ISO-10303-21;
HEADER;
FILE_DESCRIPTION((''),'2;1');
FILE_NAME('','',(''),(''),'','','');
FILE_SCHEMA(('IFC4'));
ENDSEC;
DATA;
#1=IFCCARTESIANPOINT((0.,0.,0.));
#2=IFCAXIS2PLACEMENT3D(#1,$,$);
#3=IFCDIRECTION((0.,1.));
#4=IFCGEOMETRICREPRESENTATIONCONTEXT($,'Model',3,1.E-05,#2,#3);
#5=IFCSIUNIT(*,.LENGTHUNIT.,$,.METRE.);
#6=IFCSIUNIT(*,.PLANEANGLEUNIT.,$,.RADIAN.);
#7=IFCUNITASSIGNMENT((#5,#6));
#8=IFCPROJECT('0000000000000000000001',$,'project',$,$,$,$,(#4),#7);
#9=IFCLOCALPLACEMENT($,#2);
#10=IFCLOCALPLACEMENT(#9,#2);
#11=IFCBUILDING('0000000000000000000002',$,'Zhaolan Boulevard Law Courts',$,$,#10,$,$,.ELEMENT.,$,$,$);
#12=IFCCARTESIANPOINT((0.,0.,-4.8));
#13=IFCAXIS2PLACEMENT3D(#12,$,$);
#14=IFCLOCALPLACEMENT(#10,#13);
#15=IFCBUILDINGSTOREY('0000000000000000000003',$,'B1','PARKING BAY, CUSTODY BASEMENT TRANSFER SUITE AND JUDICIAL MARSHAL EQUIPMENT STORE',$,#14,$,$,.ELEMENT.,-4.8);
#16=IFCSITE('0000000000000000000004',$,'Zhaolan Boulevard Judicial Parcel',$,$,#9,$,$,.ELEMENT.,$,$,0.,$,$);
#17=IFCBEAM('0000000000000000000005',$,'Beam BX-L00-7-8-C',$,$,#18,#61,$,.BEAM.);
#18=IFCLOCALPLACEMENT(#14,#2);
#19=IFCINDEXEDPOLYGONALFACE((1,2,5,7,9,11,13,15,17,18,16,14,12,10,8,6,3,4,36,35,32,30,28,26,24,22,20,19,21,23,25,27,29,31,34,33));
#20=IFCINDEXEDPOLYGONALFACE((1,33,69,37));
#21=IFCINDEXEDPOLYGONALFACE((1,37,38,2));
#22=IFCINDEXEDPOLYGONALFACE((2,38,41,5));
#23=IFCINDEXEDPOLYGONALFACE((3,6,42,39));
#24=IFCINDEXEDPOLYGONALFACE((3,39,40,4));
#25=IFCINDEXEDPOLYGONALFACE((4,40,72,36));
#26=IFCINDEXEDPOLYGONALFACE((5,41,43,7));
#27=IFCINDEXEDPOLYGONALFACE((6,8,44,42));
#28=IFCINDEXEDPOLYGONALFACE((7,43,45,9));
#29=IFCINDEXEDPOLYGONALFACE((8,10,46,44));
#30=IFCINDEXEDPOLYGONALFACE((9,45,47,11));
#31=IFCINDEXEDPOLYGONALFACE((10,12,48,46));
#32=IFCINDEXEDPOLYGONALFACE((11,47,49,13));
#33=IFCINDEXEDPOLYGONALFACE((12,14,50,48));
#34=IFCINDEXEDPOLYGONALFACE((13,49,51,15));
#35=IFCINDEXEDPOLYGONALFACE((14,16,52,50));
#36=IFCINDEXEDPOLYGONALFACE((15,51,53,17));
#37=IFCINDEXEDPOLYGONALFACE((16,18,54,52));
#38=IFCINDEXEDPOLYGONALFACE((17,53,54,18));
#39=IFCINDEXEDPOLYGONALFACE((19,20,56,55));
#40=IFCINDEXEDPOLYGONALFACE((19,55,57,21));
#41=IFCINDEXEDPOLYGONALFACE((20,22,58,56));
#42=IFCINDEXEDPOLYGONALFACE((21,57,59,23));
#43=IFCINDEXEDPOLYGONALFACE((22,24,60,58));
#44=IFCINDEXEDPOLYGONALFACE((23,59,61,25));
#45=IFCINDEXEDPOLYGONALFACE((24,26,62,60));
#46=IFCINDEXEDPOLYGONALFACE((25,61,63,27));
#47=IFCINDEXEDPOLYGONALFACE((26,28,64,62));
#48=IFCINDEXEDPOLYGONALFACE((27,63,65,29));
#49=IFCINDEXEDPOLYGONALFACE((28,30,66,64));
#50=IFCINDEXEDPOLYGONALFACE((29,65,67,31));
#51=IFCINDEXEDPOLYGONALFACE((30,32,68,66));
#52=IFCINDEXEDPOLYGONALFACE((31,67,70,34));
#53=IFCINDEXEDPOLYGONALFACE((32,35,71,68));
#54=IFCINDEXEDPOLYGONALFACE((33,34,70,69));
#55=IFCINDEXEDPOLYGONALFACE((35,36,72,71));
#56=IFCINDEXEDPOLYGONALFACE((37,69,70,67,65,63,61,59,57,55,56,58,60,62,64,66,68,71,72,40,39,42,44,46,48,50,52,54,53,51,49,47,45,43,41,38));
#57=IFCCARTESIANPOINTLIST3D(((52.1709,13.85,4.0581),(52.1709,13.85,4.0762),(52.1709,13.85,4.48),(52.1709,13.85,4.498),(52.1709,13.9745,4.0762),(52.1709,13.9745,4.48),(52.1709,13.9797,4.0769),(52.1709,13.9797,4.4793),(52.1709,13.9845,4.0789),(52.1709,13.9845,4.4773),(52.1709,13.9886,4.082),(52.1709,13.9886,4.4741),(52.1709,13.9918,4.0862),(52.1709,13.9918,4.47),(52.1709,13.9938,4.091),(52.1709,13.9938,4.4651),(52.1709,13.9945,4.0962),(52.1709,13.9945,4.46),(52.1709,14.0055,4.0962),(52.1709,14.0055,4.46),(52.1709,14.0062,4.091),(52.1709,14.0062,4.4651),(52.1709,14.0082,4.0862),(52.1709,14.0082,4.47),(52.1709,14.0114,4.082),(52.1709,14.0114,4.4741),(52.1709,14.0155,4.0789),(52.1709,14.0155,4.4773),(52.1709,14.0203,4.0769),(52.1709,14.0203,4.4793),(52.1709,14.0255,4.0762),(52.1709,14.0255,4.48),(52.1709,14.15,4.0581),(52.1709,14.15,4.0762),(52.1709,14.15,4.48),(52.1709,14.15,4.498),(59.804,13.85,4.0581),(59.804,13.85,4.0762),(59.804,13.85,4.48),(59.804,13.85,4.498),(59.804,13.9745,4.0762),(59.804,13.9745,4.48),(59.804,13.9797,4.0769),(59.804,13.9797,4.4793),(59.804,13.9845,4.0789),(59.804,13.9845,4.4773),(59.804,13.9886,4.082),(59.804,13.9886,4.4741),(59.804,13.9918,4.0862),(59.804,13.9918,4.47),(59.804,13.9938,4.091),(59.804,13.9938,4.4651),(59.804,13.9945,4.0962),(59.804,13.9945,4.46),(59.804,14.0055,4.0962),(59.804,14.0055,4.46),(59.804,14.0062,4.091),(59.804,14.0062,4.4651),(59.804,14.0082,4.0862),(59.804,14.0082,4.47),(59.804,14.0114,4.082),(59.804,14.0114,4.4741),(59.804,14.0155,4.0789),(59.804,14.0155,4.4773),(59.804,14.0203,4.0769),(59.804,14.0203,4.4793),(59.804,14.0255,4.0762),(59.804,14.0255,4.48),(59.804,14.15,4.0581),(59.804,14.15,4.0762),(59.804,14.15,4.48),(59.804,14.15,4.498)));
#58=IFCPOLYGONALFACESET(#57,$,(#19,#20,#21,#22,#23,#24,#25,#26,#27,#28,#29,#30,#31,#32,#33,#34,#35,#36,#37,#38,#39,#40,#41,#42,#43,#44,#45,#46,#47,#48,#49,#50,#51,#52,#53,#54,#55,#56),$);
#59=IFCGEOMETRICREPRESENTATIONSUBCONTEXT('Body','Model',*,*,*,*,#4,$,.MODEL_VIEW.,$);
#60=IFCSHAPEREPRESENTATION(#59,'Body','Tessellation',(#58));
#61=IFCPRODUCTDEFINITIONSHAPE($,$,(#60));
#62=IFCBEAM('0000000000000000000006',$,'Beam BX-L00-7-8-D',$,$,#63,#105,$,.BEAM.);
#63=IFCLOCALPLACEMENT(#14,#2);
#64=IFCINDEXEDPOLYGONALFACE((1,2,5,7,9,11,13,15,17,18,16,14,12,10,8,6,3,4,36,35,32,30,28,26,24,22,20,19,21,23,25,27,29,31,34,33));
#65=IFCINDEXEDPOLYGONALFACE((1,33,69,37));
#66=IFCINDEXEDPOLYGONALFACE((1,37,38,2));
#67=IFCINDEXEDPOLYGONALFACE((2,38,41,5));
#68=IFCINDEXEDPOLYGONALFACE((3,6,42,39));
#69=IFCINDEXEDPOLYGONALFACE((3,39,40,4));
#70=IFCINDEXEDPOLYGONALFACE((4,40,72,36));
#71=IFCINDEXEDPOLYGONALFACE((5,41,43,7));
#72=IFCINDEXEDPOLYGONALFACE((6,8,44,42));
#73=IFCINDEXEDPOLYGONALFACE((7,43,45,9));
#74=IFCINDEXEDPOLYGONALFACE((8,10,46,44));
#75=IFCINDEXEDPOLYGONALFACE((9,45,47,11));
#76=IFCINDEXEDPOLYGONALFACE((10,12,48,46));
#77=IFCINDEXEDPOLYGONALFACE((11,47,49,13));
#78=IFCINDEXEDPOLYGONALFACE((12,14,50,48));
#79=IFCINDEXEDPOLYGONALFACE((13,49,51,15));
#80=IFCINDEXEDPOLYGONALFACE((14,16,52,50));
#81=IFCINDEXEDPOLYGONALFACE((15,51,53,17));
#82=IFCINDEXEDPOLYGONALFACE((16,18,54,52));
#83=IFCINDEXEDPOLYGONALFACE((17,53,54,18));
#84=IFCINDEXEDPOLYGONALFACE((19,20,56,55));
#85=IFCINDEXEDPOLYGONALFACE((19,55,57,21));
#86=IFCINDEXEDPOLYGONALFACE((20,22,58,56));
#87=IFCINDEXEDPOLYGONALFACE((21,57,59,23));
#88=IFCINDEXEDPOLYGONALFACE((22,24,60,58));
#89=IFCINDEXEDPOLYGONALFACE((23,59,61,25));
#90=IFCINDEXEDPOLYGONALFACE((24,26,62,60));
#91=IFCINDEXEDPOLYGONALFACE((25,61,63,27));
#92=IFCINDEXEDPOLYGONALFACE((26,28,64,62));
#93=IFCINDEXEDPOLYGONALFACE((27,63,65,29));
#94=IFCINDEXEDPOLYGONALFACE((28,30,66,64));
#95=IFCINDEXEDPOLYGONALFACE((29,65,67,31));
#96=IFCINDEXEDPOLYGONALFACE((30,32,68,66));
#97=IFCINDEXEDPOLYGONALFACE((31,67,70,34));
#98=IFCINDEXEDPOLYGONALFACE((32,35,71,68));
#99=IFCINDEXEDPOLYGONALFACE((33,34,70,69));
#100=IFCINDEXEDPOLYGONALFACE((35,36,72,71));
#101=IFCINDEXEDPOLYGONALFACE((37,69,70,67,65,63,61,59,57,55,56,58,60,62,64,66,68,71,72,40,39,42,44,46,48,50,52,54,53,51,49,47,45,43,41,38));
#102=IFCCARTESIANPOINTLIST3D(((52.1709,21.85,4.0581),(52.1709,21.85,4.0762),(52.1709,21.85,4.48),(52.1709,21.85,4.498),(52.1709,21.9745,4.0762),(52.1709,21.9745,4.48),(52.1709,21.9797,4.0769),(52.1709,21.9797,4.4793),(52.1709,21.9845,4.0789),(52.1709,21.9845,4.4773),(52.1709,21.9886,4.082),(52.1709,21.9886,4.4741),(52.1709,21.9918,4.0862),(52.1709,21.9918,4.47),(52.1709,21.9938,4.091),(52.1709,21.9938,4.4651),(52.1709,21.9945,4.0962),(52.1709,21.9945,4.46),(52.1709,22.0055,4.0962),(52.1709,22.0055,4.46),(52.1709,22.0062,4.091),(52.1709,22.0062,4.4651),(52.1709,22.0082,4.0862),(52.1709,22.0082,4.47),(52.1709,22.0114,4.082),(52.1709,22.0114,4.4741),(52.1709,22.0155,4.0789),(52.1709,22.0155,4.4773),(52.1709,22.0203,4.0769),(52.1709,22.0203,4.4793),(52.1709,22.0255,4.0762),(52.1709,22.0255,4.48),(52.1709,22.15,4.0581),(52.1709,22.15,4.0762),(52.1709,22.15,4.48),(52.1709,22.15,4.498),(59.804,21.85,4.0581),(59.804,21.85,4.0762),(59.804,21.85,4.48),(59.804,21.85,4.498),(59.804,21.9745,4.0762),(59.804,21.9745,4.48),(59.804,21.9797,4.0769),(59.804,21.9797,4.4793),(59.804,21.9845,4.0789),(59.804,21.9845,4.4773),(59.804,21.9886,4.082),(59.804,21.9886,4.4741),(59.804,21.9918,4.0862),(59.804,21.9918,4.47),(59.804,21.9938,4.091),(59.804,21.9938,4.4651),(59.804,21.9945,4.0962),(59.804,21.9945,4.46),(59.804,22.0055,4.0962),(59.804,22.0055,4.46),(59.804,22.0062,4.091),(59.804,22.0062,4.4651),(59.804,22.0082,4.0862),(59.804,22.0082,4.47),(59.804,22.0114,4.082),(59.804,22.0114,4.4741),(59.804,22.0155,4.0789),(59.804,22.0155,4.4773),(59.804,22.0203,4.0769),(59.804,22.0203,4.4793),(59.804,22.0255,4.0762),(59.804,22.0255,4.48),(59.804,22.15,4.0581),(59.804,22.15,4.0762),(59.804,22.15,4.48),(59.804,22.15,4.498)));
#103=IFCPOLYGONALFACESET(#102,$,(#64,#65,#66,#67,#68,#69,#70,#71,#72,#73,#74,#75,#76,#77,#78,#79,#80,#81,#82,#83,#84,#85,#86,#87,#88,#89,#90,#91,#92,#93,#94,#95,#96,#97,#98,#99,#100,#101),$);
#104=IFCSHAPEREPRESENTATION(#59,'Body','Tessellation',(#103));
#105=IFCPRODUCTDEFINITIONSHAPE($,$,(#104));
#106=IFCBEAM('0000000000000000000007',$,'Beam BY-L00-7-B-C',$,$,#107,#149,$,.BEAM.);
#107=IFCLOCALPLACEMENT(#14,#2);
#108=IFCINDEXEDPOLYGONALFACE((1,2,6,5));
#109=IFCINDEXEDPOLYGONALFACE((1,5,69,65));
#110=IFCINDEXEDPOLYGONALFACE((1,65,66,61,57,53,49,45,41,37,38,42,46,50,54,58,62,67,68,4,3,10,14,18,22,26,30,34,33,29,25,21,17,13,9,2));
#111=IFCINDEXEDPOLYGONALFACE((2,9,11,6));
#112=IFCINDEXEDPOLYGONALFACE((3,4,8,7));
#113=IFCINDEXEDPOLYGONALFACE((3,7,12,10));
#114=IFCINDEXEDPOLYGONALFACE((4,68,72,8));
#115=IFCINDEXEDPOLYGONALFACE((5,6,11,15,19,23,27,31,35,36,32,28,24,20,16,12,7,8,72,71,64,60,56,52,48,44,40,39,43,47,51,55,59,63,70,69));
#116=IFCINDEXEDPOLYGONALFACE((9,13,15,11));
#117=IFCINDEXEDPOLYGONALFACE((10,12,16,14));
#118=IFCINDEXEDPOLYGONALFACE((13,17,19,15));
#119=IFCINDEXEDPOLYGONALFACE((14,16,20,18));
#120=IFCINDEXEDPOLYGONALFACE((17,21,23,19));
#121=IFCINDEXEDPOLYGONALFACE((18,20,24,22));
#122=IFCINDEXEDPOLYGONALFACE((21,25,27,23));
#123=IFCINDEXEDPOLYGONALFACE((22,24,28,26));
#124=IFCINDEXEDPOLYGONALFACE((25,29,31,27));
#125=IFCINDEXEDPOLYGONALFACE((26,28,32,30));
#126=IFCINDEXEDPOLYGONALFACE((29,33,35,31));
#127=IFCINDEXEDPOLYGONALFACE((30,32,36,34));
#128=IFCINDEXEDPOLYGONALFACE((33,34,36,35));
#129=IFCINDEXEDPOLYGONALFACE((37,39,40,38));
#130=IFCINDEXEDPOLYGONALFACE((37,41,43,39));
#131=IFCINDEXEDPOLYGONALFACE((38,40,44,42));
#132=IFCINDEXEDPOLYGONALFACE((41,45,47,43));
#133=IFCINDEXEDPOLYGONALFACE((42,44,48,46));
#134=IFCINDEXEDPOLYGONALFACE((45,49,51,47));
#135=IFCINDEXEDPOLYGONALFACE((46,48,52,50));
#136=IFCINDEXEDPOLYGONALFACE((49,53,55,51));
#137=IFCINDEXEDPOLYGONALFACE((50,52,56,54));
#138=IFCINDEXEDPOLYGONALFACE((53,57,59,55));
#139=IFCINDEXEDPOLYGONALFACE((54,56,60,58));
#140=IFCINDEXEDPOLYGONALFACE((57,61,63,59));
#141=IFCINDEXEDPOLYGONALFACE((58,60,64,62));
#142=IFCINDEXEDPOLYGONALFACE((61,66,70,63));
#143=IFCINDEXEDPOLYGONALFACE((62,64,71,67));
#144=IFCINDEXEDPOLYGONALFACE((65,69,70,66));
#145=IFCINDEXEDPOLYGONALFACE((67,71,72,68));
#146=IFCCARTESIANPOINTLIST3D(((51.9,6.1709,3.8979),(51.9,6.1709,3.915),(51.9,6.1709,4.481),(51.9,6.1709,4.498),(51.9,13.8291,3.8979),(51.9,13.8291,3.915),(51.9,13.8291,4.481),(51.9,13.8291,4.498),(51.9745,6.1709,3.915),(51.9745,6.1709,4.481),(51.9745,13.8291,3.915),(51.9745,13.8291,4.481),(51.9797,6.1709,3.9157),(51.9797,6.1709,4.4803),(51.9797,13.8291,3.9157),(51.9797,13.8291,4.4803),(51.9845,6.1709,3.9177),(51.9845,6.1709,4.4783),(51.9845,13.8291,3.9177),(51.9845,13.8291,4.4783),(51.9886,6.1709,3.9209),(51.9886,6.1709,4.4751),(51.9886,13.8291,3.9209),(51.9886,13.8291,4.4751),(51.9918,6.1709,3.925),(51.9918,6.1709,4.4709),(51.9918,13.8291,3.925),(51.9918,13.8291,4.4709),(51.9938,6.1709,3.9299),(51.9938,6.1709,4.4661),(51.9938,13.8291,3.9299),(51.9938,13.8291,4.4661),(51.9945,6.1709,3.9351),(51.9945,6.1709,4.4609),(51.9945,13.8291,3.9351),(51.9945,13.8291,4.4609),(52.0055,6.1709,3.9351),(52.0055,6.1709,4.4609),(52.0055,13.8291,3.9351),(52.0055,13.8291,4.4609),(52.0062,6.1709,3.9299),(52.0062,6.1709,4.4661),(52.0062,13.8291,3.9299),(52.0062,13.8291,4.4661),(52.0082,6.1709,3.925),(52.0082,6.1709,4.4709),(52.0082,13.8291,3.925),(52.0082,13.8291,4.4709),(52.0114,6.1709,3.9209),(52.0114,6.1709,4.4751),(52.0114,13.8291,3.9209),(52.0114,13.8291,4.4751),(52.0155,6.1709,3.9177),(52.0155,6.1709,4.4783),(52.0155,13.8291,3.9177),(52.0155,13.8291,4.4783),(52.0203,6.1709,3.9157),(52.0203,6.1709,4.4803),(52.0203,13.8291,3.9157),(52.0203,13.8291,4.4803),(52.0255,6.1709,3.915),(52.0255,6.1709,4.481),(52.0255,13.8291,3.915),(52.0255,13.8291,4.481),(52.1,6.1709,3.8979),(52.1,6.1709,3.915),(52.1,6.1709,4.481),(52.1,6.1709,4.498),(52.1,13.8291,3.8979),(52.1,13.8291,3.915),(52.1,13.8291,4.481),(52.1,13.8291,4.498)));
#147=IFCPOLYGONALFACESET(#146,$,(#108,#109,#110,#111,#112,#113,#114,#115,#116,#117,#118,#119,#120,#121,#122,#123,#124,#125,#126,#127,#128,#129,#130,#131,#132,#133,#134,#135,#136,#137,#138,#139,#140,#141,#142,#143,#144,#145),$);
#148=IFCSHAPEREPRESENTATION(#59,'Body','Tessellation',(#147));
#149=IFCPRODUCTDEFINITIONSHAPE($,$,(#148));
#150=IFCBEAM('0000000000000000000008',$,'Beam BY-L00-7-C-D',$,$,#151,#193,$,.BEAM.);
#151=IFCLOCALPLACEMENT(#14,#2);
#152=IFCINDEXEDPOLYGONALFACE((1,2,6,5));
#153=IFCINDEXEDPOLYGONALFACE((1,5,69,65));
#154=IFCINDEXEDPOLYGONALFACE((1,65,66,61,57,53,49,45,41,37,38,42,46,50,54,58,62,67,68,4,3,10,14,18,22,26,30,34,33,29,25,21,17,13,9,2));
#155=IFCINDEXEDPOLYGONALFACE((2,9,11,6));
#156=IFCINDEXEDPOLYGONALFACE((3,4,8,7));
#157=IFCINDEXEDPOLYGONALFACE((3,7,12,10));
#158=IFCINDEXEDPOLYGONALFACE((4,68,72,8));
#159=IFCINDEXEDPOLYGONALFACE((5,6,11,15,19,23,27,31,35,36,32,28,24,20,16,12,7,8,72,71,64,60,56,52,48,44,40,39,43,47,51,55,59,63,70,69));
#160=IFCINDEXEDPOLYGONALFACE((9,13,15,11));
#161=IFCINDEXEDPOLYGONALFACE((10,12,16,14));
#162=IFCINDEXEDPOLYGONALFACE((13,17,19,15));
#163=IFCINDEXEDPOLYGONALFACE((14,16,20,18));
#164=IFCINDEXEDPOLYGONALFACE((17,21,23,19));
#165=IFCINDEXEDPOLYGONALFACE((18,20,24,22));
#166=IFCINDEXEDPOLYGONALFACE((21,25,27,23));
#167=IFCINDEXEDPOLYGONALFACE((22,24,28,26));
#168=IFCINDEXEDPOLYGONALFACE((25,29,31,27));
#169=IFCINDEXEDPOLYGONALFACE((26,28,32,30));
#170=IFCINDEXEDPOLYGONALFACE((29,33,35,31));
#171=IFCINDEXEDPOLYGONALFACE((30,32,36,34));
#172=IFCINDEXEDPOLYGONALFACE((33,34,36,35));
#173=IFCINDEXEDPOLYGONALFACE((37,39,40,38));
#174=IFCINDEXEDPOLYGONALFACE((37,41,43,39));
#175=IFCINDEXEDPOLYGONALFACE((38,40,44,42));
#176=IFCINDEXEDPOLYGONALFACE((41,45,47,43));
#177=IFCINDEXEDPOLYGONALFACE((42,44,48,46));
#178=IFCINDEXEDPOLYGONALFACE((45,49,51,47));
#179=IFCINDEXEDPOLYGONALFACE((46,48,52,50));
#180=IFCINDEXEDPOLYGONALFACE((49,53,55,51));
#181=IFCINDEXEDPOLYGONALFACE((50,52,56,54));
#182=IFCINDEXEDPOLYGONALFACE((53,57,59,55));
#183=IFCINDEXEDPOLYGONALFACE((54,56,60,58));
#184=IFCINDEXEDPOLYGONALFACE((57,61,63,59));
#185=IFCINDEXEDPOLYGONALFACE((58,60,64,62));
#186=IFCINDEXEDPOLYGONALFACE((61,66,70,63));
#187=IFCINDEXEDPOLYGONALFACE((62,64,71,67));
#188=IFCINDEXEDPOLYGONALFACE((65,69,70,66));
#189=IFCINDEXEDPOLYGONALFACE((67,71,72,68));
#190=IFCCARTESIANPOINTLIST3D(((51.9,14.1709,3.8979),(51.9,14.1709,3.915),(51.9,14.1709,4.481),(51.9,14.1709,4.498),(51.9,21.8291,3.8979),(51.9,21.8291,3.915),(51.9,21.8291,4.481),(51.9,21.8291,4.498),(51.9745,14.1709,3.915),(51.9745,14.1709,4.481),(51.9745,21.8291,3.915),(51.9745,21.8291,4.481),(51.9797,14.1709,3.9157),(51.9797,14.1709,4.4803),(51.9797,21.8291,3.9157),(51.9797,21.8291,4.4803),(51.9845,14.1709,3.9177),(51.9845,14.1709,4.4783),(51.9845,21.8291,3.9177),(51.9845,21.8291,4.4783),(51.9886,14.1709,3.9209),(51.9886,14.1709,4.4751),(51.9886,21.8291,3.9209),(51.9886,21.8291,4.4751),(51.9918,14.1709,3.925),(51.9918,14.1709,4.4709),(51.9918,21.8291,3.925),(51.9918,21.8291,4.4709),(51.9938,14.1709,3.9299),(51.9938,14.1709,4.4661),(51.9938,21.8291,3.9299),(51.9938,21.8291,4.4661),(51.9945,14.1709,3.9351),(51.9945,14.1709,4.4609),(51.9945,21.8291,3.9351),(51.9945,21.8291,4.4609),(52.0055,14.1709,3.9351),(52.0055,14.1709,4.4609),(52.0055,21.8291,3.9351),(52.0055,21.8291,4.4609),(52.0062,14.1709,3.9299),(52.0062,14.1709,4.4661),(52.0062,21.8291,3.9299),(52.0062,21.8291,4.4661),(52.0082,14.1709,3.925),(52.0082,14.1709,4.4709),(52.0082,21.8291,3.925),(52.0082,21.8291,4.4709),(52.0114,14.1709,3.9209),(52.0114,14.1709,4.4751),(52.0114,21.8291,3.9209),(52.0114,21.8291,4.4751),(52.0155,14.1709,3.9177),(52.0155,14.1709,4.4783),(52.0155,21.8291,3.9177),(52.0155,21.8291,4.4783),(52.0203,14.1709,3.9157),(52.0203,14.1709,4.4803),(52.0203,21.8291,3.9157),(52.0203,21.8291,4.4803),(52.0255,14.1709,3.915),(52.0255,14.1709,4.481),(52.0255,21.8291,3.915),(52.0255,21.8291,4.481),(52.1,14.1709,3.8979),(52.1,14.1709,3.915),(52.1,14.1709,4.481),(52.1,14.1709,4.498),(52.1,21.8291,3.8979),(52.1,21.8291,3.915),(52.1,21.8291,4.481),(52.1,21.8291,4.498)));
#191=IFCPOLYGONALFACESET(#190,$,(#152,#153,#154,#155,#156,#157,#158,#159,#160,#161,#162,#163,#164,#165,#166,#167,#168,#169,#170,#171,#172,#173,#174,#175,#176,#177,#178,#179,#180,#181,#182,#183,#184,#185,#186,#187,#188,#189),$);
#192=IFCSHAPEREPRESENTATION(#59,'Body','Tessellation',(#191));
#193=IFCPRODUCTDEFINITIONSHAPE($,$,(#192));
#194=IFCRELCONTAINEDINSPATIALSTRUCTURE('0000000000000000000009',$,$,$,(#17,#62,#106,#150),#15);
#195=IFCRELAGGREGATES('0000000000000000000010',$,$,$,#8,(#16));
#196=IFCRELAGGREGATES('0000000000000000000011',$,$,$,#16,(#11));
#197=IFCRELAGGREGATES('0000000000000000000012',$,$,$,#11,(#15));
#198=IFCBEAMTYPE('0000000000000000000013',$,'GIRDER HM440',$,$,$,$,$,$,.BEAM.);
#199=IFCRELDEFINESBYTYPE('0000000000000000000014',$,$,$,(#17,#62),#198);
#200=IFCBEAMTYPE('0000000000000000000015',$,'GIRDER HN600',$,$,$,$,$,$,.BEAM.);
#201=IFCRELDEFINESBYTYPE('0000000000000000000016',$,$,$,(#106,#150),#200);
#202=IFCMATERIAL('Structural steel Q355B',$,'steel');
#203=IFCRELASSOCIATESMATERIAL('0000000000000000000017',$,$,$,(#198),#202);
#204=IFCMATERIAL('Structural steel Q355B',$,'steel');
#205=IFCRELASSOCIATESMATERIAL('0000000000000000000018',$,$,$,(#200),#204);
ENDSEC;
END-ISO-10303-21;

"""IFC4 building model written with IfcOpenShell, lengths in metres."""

from ifc_helpers import new_model, si_unit, direction, frame, origin, origin_2d, place, context, subcontext, project, spatial, i_section, extrude, material, material_profile, profile_set, type_object, element, save


model = new_model("IFC4")

# Units and contexts
model_context = context("Model", 3, precision=1e-05, world=origin(), true_north=direction((0.0, 1.0)))
body_context = subcontext(model_context, "Body", "Model", "MODEL_VIEW")
ifc_project = project(units=[si_unit("LENGTHUNIT", "METRE"), si_unit("PLANEANGLEUNIT", "RADIAN")], contexts=[model_context])

# Site, building, storey
site_placement = place(None, origin())
site = spatial("IfcSite", under=ifc_project, at=site_placement, Name="Zhaolan Boulevard Judicial Parcel", CompositionType="ELEMENT", RefElevation=0.0)
building_placement = place(site_placement, origin())
building = spatial("IfcBuilding", under=site, at=building_placement, Name="Zhaolan Boulevard Law Courts", CompositionType="ELEMENT")
storey_placement = place(building_placement, frame((0.0, 0.0, -4.8)))
storey = spatial("IfcBuildingStorey", under=building, at=storey_placement, Name="B1", Description="PARKING BAY, CUSTODY BASEMENT TRANSFER SUITE AND JUDICIAL MARSHAL EQUIPMENT STORE", CompositionType="ELEMENT", Elevation=-4.8)

# Beams
ifc_material_1 = material(Name="Structural steel Q355B", Category="steel")
ifc_material_profile_1 = material_profile(ifc_material_1, i_section(OverallWidth=0.3, OverallDepth=0.4399, WebThickness=0.011, FlangeThickness=0.0181, FilletRadius=0.02, at=origin_2d()), Name="HM440x300")
ifc_profile_set_1 = profile_set([ifc_material_profile_1], Name="Structural steel Q355B")
beam_type_1 = type_object("IfcBeamType", Name="GIRDER HM440", PredefinedType="BEAM", material=ifc_profile_set_1)
for number, where, z_axis, x_axis, name in (
    (1, (52.1709, 14.0, 4.2781), (1.0, 0.0, 0.0), (0.0, 1.0, 0.0), "Beam BX-L00-7-8-C"),
    (2, (52.1709, 22.0, 4.2781), (1.0, 0.0, 0.0), (0.0, 1.0, 0.0), "Beam BX-L00-7-8-D"),
):
    element("IfcBeam", number, at=place(storey_placement, frame(where, z_axis=z_axis, x_axis=x_axis)), inside=storey, type_object=beam_type_1, Name=name, PredefinedType="BEAM", context=body_context, shape_type="SweptSolid", body=[
        extrude(i_section(OverallWidth=0.3, OverallDepth=0.4399, WebThickness=0.011, FlangeThickness=0.0181, FilletRadius=0.02, at=origin_2d()), origin(), (0.0, 0.0, 1.0), 7.6331),
    ])
ifc_material_2 = material(Name="Structural steel Q355B", Category="steel")
ifc_material_profile_2 = material_profile(ifc_material_2, i_section(OverallWidth=0.2, OverallDepth=0.6001, WebThickness=0.011, FlangeThickness=0.0171, FilletRadius=0.02, at=origin_2d()), Name="HN600x200")
ifc_profile_set_2 = profile_set([ifc_material_profile_2], Name="Structural steel Q355B")
beam_type_2 = type_object("IfcBeamType", Name="GIRDER HN600", PredefinedType="BEAM", material=ifc_profile_set_2)
for number, where, z_axis, x_axis, name in (
    (3, (52.0, 6.1709, 4.198), (0.0, 1.0, 0.0), (-1.0, 0.0, 0.0), "Beam BY-L00-7-B-C"),
    (4, (52.0, 14.1709, 4.198), (0.0, 1.0, 0.0), (-1.0, 0.0, 0.0), "Beam BY-L00-7-C-D"),
):
    element("IfcBeam", number, at=place(storey_placement, frame(where, z_axis=z_axis, x_axis=x_axis)), inside=storey, type_object=beam_type_2, Name=name, PredefinedType="BEAM", context=body_context, shape_type="SweptSolid", body=[
        extrude(i_section(OverallWidth=0.2, OverallDepth=0.6001, WebThickness=0.011, FlangeThickness=0.0171, FilletRadius=0.02, at=origin_2d()), origin(), (0.0, 0.0, 1.0), 7.6582),
    ])

save(model, "model.ifc")
